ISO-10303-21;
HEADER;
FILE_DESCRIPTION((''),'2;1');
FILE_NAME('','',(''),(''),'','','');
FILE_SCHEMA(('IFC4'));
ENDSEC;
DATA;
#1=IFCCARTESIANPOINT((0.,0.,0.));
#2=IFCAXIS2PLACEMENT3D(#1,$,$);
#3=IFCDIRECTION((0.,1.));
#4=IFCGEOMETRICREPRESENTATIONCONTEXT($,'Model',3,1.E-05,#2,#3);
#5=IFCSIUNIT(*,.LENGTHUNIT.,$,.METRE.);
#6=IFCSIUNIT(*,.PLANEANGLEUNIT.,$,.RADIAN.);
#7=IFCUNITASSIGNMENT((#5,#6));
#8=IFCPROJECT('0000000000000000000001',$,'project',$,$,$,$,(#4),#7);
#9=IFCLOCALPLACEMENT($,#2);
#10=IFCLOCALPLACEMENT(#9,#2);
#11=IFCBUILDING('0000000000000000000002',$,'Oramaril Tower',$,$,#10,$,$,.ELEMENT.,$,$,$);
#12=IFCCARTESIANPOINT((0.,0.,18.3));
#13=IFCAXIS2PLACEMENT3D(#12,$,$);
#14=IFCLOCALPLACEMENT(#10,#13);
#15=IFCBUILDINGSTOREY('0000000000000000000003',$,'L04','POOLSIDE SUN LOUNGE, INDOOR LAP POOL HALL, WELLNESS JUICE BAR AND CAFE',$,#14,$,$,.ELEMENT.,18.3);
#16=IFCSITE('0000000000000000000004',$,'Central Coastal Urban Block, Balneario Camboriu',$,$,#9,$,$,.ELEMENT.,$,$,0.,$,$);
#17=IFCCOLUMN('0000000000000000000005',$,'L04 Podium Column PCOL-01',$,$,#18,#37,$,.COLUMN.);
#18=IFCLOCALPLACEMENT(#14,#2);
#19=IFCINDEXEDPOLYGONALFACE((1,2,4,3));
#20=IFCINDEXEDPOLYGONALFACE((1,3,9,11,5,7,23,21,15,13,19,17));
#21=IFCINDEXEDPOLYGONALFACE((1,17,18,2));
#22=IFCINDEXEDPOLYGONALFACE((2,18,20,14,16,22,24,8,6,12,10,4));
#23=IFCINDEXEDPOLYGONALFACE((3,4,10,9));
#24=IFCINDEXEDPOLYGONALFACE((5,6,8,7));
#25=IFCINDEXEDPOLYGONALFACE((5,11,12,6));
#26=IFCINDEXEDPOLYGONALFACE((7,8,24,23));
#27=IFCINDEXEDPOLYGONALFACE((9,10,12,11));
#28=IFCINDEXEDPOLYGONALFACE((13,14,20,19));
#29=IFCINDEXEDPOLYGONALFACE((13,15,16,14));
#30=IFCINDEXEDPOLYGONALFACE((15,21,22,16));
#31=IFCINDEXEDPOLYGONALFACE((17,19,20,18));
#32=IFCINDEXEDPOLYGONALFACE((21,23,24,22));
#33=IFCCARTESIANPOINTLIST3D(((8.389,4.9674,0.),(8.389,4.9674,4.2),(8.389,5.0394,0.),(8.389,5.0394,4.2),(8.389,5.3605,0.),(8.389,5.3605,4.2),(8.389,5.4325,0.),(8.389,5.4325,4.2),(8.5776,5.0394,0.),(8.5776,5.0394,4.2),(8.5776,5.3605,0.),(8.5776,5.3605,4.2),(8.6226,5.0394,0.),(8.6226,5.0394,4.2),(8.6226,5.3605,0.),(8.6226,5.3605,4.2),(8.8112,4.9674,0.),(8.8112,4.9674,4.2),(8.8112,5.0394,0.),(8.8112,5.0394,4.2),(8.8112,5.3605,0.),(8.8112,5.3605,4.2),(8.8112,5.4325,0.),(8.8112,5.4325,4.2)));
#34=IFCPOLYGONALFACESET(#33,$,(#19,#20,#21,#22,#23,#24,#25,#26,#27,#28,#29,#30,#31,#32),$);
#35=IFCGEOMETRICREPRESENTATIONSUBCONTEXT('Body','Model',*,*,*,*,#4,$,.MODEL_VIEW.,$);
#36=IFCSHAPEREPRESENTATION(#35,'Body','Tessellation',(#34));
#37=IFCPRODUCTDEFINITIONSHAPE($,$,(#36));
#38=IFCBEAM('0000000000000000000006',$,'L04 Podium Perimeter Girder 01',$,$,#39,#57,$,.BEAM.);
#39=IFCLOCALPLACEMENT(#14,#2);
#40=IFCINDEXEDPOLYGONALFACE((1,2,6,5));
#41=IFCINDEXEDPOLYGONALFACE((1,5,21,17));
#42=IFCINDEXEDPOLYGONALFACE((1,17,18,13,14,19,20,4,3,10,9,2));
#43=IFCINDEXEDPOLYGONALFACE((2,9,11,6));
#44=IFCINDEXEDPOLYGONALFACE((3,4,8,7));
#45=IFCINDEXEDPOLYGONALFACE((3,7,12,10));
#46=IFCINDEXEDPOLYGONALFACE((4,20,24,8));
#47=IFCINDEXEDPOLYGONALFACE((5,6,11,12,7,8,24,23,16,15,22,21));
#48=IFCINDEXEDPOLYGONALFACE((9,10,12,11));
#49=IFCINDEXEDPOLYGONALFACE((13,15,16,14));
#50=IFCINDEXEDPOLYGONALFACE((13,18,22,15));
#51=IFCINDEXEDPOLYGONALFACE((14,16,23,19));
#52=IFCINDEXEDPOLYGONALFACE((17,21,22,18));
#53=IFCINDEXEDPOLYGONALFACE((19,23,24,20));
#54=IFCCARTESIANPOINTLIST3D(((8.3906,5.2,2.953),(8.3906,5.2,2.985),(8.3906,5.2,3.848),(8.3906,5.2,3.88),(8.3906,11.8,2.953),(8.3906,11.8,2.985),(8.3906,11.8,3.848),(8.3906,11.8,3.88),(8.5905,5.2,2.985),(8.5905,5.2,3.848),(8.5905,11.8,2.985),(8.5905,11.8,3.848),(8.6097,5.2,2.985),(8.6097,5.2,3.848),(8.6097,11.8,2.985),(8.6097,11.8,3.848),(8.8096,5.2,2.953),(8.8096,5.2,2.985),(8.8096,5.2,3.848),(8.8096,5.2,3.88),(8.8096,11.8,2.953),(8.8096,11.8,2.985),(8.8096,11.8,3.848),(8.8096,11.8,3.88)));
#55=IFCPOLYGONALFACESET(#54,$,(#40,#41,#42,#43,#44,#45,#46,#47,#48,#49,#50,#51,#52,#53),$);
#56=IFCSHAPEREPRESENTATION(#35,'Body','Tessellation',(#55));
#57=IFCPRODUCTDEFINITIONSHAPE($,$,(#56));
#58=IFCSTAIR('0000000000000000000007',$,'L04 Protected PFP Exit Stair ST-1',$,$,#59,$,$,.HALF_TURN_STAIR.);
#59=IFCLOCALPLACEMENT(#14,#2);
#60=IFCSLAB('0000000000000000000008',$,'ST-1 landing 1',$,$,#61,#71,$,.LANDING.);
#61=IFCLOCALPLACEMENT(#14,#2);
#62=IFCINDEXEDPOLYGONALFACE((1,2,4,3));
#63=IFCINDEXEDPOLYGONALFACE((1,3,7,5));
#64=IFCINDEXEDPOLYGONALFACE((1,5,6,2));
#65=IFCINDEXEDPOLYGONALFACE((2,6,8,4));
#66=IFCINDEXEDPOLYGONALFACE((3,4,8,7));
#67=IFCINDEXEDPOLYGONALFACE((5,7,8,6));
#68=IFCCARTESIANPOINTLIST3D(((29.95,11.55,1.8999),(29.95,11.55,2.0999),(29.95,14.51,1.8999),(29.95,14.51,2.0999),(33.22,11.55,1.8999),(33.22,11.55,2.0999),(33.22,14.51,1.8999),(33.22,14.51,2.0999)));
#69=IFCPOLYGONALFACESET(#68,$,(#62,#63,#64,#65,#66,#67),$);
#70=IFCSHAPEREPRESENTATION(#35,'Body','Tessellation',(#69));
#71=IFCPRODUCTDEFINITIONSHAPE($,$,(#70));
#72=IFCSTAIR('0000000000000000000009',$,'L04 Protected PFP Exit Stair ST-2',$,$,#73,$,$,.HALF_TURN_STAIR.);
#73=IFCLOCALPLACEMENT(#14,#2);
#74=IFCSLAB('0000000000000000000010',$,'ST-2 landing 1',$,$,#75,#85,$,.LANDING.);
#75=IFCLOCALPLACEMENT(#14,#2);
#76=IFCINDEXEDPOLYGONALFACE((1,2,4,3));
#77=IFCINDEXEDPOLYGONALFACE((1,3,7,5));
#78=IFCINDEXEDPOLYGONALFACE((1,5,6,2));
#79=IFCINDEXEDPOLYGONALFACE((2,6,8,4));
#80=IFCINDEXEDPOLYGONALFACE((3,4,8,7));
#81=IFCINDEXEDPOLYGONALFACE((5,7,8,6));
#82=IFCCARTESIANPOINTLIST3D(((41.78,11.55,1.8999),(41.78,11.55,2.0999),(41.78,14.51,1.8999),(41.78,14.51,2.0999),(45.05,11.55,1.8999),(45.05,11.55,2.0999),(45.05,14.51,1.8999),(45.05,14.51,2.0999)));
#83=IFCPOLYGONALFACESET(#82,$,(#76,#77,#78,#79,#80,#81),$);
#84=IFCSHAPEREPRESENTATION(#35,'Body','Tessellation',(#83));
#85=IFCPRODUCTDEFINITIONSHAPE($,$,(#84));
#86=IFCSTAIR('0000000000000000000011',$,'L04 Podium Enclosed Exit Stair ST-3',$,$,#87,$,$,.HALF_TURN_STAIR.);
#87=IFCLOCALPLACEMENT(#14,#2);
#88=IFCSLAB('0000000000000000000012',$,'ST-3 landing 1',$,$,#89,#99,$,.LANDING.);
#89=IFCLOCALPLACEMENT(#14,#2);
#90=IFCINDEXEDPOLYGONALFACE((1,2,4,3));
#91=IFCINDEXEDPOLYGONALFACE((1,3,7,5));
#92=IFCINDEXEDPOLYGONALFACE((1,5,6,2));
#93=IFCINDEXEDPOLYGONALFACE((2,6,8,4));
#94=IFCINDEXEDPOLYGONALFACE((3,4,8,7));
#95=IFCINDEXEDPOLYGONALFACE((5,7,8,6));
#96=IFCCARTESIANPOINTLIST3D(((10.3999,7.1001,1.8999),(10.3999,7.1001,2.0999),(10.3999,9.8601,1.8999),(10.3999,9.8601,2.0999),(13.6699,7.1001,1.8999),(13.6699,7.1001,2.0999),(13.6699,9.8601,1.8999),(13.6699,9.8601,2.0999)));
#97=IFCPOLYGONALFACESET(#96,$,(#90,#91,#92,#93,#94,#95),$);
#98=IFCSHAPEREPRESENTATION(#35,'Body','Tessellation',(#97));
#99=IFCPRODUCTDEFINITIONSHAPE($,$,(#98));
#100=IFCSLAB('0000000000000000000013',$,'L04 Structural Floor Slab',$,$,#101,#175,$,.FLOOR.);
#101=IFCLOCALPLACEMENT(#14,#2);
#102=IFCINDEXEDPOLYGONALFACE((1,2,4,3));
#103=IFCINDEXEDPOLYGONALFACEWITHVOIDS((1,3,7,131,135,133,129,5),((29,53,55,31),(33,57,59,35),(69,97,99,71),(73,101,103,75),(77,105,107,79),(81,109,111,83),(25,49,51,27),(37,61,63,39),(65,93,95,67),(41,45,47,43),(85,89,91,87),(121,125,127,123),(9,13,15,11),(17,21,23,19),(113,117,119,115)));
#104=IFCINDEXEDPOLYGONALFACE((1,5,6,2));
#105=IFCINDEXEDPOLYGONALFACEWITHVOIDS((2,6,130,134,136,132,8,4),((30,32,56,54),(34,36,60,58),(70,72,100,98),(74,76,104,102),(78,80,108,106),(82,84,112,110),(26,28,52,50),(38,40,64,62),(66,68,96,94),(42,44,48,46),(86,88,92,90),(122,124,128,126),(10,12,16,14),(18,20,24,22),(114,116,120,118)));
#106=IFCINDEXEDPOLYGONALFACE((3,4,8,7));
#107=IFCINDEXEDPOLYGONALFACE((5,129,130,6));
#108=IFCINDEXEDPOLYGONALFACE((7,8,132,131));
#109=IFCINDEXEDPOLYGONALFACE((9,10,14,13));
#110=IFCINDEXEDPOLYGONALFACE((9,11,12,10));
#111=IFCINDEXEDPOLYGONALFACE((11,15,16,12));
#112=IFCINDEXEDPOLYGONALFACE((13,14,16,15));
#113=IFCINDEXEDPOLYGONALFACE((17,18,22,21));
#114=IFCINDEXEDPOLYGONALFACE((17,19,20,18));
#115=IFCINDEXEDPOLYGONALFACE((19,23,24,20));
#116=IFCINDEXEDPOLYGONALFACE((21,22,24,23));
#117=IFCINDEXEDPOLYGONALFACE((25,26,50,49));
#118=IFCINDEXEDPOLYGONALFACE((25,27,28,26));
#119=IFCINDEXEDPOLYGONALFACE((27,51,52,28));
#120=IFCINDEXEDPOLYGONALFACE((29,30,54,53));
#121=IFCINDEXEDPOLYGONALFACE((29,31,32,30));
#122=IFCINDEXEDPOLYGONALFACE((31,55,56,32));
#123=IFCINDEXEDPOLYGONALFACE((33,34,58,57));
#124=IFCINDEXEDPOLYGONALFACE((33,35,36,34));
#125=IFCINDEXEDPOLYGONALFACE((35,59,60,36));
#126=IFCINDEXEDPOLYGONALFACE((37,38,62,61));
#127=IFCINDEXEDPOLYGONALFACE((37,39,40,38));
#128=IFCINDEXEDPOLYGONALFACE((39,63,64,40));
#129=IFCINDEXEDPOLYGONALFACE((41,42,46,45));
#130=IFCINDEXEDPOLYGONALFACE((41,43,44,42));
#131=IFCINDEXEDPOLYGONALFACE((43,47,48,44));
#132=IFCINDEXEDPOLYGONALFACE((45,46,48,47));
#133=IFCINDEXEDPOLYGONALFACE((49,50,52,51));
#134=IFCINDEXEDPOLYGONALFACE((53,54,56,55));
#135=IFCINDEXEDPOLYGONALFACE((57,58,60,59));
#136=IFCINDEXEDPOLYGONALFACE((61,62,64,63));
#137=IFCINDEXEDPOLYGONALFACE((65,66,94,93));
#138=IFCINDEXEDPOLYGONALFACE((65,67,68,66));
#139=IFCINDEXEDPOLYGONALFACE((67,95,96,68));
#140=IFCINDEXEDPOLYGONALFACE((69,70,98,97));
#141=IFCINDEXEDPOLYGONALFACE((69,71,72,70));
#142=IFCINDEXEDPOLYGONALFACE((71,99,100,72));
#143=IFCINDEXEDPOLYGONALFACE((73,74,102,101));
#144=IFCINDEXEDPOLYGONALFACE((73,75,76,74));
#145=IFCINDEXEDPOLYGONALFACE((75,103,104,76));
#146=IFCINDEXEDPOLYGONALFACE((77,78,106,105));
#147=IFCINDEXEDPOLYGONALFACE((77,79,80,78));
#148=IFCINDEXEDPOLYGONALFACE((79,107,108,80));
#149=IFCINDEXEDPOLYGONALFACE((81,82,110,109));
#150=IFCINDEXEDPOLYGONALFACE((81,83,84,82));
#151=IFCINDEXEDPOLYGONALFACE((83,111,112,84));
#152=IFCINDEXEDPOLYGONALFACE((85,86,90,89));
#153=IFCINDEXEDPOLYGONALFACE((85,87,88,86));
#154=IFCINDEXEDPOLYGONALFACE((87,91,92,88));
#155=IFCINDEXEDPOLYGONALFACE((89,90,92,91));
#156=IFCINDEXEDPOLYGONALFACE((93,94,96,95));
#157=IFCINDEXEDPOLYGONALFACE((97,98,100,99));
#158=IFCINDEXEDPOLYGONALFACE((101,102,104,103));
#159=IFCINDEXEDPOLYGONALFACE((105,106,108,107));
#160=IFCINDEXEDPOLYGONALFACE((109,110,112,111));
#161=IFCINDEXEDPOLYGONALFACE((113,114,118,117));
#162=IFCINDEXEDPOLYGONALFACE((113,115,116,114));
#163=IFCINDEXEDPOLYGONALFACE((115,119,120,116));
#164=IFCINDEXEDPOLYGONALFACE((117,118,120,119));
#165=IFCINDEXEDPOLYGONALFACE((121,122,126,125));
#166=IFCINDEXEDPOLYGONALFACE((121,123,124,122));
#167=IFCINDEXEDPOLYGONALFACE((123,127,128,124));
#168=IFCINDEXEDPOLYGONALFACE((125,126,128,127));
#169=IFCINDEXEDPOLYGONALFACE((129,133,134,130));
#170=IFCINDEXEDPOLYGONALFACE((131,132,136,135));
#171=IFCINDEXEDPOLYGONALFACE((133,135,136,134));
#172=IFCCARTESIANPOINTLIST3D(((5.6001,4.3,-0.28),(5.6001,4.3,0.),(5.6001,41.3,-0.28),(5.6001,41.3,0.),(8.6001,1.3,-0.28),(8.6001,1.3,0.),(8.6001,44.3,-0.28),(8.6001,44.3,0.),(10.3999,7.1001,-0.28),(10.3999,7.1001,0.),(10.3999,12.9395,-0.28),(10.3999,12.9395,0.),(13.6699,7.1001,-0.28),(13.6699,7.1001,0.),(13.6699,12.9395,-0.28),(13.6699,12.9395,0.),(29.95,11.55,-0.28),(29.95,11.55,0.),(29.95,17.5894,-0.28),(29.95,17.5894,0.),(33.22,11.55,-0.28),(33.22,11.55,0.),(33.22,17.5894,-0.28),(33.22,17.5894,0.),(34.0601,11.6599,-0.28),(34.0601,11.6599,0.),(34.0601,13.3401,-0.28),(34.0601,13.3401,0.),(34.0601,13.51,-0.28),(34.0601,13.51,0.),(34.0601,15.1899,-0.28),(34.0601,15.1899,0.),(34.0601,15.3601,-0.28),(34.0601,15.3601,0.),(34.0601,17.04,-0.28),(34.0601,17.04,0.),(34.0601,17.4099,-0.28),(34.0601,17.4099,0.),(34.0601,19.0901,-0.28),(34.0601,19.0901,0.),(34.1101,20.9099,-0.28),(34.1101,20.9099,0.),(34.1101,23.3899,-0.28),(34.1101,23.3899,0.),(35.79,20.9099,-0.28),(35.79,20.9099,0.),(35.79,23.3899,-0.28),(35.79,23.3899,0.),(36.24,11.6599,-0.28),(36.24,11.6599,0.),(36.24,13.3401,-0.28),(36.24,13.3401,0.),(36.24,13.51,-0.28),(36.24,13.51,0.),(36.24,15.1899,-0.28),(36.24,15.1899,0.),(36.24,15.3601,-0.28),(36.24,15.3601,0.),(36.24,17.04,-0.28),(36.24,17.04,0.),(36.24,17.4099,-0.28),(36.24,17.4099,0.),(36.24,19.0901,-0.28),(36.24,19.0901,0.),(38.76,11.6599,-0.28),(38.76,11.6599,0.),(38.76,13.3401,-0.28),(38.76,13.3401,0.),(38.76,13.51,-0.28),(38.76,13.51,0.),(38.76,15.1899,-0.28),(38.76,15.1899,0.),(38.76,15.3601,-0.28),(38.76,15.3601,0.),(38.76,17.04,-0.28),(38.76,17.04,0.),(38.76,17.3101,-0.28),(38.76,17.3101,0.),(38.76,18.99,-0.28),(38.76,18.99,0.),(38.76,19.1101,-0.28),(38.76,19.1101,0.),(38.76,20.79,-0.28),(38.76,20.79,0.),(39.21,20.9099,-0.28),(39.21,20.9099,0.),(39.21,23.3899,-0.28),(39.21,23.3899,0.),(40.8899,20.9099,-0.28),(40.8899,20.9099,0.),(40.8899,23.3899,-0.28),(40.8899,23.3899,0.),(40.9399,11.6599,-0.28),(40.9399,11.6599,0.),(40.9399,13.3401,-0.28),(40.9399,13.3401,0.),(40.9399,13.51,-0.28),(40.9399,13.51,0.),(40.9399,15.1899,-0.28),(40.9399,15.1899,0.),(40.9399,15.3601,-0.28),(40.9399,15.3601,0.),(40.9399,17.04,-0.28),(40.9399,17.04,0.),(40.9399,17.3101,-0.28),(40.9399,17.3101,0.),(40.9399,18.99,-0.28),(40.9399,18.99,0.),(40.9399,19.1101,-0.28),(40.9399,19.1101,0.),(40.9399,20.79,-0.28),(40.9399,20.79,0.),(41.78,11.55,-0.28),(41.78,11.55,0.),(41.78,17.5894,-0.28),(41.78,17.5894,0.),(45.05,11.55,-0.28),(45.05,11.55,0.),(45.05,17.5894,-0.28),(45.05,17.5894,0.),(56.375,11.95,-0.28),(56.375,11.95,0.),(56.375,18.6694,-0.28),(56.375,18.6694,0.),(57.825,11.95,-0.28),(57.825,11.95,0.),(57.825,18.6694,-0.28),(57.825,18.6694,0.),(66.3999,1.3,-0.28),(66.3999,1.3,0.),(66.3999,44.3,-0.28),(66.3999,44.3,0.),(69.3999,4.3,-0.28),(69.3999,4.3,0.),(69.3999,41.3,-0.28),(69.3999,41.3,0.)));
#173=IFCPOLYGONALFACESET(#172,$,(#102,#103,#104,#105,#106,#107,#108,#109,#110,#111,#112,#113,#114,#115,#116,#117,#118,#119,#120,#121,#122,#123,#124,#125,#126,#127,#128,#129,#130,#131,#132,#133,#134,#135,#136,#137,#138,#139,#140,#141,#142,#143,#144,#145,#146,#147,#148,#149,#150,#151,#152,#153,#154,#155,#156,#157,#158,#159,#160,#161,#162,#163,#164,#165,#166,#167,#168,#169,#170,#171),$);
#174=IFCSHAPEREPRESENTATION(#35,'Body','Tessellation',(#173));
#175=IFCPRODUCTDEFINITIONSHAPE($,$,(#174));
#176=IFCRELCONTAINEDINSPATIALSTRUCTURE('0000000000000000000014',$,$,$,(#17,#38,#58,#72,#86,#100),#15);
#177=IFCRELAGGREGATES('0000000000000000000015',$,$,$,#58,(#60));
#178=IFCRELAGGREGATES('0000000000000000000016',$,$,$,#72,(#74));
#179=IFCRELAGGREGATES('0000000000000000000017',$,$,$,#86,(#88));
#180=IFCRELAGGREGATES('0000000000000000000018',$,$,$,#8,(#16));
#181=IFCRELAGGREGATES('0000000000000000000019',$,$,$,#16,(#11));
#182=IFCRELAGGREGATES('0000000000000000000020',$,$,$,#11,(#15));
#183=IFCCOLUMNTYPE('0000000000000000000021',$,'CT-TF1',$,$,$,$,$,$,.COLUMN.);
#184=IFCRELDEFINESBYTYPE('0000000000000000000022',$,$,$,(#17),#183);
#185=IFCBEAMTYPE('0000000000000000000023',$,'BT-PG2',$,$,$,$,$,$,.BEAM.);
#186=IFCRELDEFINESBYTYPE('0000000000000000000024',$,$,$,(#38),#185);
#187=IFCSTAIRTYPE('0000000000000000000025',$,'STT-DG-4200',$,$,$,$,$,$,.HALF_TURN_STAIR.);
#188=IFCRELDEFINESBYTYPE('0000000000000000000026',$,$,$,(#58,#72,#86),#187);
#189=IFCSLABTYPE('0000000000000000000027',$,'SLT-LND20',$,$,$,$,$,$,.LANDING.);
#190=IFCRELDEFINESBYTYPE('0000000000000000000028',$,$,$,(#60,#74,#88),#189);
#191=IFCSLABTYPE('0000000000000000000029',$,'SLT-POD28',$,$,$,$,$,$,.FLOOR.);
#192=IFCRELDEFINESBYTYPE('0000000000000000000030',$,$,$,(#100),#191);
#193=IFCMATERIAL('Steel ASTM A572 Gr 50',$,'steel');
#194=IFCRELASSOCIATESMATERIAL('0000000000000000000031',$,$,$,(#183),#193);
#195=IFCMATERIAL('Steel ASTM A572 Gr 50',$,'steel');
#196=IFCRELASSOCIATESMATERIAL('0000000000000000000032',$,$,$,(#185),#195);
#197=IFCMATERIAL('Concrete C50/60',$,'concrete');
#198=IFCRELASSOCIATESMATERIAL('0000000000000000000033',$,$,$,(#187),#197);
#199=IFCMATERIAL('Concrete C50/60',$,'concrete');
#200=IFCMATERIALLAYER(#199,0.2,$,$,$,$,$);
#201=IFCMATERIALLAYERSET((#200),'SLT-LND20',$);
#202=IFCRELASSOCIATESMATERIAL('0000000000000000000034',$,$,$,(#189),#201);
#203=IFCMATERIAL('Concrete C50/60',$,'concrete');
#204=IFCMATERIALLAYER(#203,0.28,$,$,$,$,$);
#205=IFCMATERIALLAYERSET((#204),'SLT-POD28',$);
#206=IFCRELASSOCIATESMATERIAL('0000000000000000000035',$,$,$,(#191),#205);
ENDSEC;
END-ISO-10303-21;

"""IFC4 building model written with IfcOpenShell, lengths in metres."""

from ifc_helpers import new_model, si_unit, direction, frame, origin, origin_2d, place, context, subcontext, project, spatial, polyline, i_section, outline, extrude, material, layer, layer_set, material_profile, profile_set, type_object, element, aggregate, save


model = new_model("IFC4")

# Units and contexts
model_context = context("Model", 3, precision=1e-05, world=origin(), true_north=direction((0.0, 1.0)))
body_context = subcontext(model_context, "Body", "Model", "MODEL_VIEW")
ifc_project = project(units=[si_unit("LENGTHUNIT", "METRE"), si_unit("PLANEANGLEUNIT", "RADIAN")], contexts=[model_context])

# Site, building, storey
site_placement = place(None, origin())
site = spatial("IfcSite", under=ifc_project, at=site_placement, Name="Central Coastal Urban Block, Balneario Camboriu", CompositionType="ELEMENT", RefElevation=0.0)
building_placement = place(site_placement, origin())
building = spatial("IfcBuilding", under=site, at=building_placement, Name="Oramaril Tower", CompositionType="ELEMENT")
storey_placement = place(building_placement, frame((0.0, 0.0, 18.3)))
storey = spatial("IfcBuildingStorey", under=building, at=storey_placement, Name="L04", Description="POOLSIDE SUN LOUNGE, INDOOR LAP POOL HALL, WELLNESS JUICE BAR AND CAFE", CompositionType="ELEMENT", Elevation=18.3)

# Column
ifc_material_1 = material(Name="Steel ASTM A572 Gr 50", Category="steel")
ifc_material_profile_1 = material_profile(ifc_material_1, i_section(OverallWidth=0.4221, OverallDepth=0.4651, WebThickness=0.0449, FlangeThickness=0.072, at=origin_2d()), Name="W14X398")
ifc_profile_set_1 = profile_set([ifc_material_profile_1], Name="Steel ASTM A572 Gr 50")
column_type = type_object("IfcColumnType", Name="CT-TF1", PredefinedType="COLUMN", material=ifc_profile_set_1)
column_placement = place(storey_placement, frame((8.6001, 5.2, 0.0), z_axis=(0.0, 0.0, 1.0), x_axis=(1.0, 0.0, 0.0)))
element("IfcColumn", 1, at=column_placement, inside=storey, type_object=column_type, Name="L04 Podium Column PCOL-01", PredefinedType="COLUMN", context=body_context, shape_type="SweptSolid", body=[
    extrude(i_section(OverallWidth=0.4221, OverallDepth=0.4651, WebThickness=0.0449, FlangeThickness=0.072, at=origin_2d()), origin(), (0.0, 0.0, 1.0), 4.2),
])

# Beam
ifc_material_2 = material(Name="Steel ASTM A572 Gr 50", Category="steel")
ifc_material_profile_2 = material_profile(ifc_material_2, i_section(OverallWidth=0.4189, OverallDepth=0.927, WebThickness=0.0193, FlangeThickness=0.032, at=origin_2d()), Name="W36X231")
ifc_profile_set_2 = profile_set([ifc_material_profile_2], Name="Steel ASTM A572 Gr 50")
beam_type = type_object("IfcBeamType", Name="BT-PG2", PredefinedType="BEAM", material=ifc_profile_set_2)
beam_placement = place(storey_placement, frame((8.6001, 5.2, 3.4165), z_axis=(0.0, 1.0, 0.0), x_axis=(-1.0, 0.0, 0.0)))
element("IfcBeam", 2, at=beam_placement, inside=storey, type_object=beam_type, Name="L04 Podium Perimeter Girder 01", PredefinedType="BEAM", context=body_context, shape_type="SweptSolid", body=[
    extrude(i_section(OverallWidth=0.4189, OverallDepth=0.927, WebThickness=0.0193, FlangeThickness=0.032, at=origin_2d()), origin(), (0.0, 0.0, 1.0), 6.6001),
])

# Stairs, slabs
ifc_material_3 = material(Name="Concrete C50/60", Category="concrete")
stair_type = type_object("IfcStairType", Name="STT-DG-4200", PredefinedType="HALF_TURN_STAIR", material=ifc_material_3)
stair_1_placement = place(storey_placement, origin())
stair_1 = element("IfcStair", 3, at=stair_1_placement, inside=storey, type_object=stair_type, Name="L04 Protected PFP Exit Stair ST-1", PredefinedType="HALF_TURN_STAIR")
ifc_material_4 = material(Name="Concrete C50/60", Category="concrete")
ifc_layer_1 = layer(ifc_material_4, 0.2)
ifc_layer_set_1 = layer_set([ifc_layer_1], Name="SLT-LND20")
slab_type_1 = type_object("IfcSlabType", Name="SLT-LND20", PredefinedType="LANDING", material=ifc_layer_set_1)
slab_1_placement = place(storey_placement, frame((0.0, 0.0, 1.8999)))
slab_1 = element("IfcSlab", 4, at=slab_1_placement, type_object=slab_type_1, Name="ST-1 landing 1", PredefinedType="LANDING", context=body_context, shape_type="SweptSolid", body=[
    extrude(outline(polyline([(29.95, 14.51), (29.95, 11.55), (33.22, 11.55), (33.22, 14.51), (29.95, 14.51)])), origin(), (0.0, 0.0, 1.0), 0.2),
])
aggregate(stair_1, [slab_1])
stair_2_placement = place(storey_placement, origin())
stair_2 = element("IfcStair", 5, at=stair_2_placement, inside=storey, type_object=stair_type, Name="L04 Protected PFP Exit Stair ST-2", PredefinedType="HALF_TURN_STAIR")
slab_2_placement = place(storey_placement, frame((0.0, 0.0, 1.8999)))
slab_2 = element("IfcSlab", 6, at=slab_2_placement, type_object=slab_type_1, Name="ST-2 landing 1", PredefinedType="LANDING", context=body_context, shape_type="SweptSolid", body=[
    extrude(outline(polyline([(41.78, 14.51), (41.78, 11.55), (45.05, 11.55), (45.05, 14.51), (41.78, 14.51)])), origin(), (0.0, 0.0, 1.0), 0.2),
])
aggregate(stair_2, [slab_2])
stair_3_placement = place(storey_placement, origin())
stair_3 = element("IfcStair", 7, at=stair_3_placement, inside=storey, type_object=stair_type, Name="L04 Podium Enclosed Exit Stair ST-3", PredefinedType="HALF_TURN_STAIR")
slab_3_placement = place(storey_placement, frame((0.0, 0.0, 1.8999)))
slab_3 = element("IfcSlab", 8, at=slab_3_placement, type_object=slab_type_1, Name="ST-3 landing 1", PredefinedType="LANDING", context=body_context, shape_type="SweptSolid", body=[
    extrude(outline(polyline([(10.3999, 9.8601), (10.3999, 7.1001), (13.6699, 7.1001), (13.6699, 9.8601), (10.3999, 9.8601)])), origin(), (0.0, 0.0, 1.0), 0.2),
])
aggregate(stair_3, [slab_3])

# Slab
ifc_material_5 = material(Name="Concrete C50/60", Category="concrete")
ifc_layer_2 = layer(ifc_material_5, 0.28)
ifc_layer_set_2 = layer_set([ifc_layer_2], Name="SLT-POD28")
slab_type_2 = type_object("IfcSlabType", Name="SLT-POD28", PredefinedType="FLOOR", material=ifc_layer_set_2)
slab_4_placement = place(storey_placement, frame((0.0, 0.0, -0.28)))
element("IfcSlab", 9, at=slab_4_placement, inside=storey, type_object=slab_type_2, Name="L04 Structural Floor Slab", PredefinedType="FLOOR", context=body_context, shape_type="SweptSolid", body=[
    extrude(outline(polyline([(8.6001, 1.3), (66.3999, 1.3), (69.3999, 4.3), (69.3999, 41.3), (66.3999, 44.3), (8.6001, 44.3), (5.6001, 41.3), (5.6001, 4.3), (8.6001, 1.3)]), holes=[polyline([(29.95, 17.5894), (29.95, 11.55), (33.22, 11.55), (33.22, 17.5894), (29.95, 17.5894)]), polyline([(41.78, 17.5894), (41.78, 11.55), (45.05, 11.55), (45.05, 17.5894), (41.78, 17.5894)]), polyline([(10.3999, 12.9395), (10.3999, 7.1001), (13.6699, 7.1001), (13.6699, 12.9395), (10.3999, 12.9395)]), polyline([(56.375, 11.95), (57.825, 11.95), (57.825, 18.6694), (56.375, 18.6694), (56.375, 11.95)]), polyline([(34.1101, 20.9099), (35.79, 20.9099), (35.79, 23.3899), (34.1101, 23.3899), (34.1101, 20.9099)]), polyline([(39.21, 20.9099), (40.8899, 20.9099), (40.8899, 23.3899), (39.21, 23.3899), (39.21, 20.9099)]), polyline([(34.0601, 11.6599), (36.24, 11.6599), (36.24, 13.3401), (34.0601, 13.3401), (34.0601, 11.6599)]), polyline([(34.0601, 13.51), (36.24, 13.51), (36.24, 15.1899), (34.0601, 15.1899), (34.0601, 13.51)]), polyline([(34.0601, 15.3601), (36.24, 15.3601), (36.24, 17.04), (34.0601, 17.04), (34.0601, 15.3601)]), polyline([(38.76, 11.6599), (40.9399, 11.6599), (40.9399, 13.3401), (38.76, 13.3401), (38.76, 11.6599)]), polyline([(38.76, 13.51), (40.9399, 13.51), (40.9399, 15.1899), (38.76, 15.1899), (38.76, 13.51)]), polyline([(38.76, 15.3601), (40.9399, 15.3601), (40.9399, 17.04), (38.76, 17.04), (38.76, 15.3601)]), polyline([(34.0601, 17.4099), (36.24, 17.4099), (36.24, 19.0901), (34.0601, 19.0901), (34.0601, 17.4099)]), polyline([(38.76, 17.3101), (40.9399, 17.3101), (40.9399, 18.99), (38.76, 18.99), (38.76, 17.3101)]), polyline([(38.76, 19.1101), (40.9399, 19.1101), (40.9399, 20.79), (38.76, 20.79), (38.76, 19.1101)])]), origin(), (0.0, 0.0, 1.0), 0.28),
])

save(model, "model.ifc")
